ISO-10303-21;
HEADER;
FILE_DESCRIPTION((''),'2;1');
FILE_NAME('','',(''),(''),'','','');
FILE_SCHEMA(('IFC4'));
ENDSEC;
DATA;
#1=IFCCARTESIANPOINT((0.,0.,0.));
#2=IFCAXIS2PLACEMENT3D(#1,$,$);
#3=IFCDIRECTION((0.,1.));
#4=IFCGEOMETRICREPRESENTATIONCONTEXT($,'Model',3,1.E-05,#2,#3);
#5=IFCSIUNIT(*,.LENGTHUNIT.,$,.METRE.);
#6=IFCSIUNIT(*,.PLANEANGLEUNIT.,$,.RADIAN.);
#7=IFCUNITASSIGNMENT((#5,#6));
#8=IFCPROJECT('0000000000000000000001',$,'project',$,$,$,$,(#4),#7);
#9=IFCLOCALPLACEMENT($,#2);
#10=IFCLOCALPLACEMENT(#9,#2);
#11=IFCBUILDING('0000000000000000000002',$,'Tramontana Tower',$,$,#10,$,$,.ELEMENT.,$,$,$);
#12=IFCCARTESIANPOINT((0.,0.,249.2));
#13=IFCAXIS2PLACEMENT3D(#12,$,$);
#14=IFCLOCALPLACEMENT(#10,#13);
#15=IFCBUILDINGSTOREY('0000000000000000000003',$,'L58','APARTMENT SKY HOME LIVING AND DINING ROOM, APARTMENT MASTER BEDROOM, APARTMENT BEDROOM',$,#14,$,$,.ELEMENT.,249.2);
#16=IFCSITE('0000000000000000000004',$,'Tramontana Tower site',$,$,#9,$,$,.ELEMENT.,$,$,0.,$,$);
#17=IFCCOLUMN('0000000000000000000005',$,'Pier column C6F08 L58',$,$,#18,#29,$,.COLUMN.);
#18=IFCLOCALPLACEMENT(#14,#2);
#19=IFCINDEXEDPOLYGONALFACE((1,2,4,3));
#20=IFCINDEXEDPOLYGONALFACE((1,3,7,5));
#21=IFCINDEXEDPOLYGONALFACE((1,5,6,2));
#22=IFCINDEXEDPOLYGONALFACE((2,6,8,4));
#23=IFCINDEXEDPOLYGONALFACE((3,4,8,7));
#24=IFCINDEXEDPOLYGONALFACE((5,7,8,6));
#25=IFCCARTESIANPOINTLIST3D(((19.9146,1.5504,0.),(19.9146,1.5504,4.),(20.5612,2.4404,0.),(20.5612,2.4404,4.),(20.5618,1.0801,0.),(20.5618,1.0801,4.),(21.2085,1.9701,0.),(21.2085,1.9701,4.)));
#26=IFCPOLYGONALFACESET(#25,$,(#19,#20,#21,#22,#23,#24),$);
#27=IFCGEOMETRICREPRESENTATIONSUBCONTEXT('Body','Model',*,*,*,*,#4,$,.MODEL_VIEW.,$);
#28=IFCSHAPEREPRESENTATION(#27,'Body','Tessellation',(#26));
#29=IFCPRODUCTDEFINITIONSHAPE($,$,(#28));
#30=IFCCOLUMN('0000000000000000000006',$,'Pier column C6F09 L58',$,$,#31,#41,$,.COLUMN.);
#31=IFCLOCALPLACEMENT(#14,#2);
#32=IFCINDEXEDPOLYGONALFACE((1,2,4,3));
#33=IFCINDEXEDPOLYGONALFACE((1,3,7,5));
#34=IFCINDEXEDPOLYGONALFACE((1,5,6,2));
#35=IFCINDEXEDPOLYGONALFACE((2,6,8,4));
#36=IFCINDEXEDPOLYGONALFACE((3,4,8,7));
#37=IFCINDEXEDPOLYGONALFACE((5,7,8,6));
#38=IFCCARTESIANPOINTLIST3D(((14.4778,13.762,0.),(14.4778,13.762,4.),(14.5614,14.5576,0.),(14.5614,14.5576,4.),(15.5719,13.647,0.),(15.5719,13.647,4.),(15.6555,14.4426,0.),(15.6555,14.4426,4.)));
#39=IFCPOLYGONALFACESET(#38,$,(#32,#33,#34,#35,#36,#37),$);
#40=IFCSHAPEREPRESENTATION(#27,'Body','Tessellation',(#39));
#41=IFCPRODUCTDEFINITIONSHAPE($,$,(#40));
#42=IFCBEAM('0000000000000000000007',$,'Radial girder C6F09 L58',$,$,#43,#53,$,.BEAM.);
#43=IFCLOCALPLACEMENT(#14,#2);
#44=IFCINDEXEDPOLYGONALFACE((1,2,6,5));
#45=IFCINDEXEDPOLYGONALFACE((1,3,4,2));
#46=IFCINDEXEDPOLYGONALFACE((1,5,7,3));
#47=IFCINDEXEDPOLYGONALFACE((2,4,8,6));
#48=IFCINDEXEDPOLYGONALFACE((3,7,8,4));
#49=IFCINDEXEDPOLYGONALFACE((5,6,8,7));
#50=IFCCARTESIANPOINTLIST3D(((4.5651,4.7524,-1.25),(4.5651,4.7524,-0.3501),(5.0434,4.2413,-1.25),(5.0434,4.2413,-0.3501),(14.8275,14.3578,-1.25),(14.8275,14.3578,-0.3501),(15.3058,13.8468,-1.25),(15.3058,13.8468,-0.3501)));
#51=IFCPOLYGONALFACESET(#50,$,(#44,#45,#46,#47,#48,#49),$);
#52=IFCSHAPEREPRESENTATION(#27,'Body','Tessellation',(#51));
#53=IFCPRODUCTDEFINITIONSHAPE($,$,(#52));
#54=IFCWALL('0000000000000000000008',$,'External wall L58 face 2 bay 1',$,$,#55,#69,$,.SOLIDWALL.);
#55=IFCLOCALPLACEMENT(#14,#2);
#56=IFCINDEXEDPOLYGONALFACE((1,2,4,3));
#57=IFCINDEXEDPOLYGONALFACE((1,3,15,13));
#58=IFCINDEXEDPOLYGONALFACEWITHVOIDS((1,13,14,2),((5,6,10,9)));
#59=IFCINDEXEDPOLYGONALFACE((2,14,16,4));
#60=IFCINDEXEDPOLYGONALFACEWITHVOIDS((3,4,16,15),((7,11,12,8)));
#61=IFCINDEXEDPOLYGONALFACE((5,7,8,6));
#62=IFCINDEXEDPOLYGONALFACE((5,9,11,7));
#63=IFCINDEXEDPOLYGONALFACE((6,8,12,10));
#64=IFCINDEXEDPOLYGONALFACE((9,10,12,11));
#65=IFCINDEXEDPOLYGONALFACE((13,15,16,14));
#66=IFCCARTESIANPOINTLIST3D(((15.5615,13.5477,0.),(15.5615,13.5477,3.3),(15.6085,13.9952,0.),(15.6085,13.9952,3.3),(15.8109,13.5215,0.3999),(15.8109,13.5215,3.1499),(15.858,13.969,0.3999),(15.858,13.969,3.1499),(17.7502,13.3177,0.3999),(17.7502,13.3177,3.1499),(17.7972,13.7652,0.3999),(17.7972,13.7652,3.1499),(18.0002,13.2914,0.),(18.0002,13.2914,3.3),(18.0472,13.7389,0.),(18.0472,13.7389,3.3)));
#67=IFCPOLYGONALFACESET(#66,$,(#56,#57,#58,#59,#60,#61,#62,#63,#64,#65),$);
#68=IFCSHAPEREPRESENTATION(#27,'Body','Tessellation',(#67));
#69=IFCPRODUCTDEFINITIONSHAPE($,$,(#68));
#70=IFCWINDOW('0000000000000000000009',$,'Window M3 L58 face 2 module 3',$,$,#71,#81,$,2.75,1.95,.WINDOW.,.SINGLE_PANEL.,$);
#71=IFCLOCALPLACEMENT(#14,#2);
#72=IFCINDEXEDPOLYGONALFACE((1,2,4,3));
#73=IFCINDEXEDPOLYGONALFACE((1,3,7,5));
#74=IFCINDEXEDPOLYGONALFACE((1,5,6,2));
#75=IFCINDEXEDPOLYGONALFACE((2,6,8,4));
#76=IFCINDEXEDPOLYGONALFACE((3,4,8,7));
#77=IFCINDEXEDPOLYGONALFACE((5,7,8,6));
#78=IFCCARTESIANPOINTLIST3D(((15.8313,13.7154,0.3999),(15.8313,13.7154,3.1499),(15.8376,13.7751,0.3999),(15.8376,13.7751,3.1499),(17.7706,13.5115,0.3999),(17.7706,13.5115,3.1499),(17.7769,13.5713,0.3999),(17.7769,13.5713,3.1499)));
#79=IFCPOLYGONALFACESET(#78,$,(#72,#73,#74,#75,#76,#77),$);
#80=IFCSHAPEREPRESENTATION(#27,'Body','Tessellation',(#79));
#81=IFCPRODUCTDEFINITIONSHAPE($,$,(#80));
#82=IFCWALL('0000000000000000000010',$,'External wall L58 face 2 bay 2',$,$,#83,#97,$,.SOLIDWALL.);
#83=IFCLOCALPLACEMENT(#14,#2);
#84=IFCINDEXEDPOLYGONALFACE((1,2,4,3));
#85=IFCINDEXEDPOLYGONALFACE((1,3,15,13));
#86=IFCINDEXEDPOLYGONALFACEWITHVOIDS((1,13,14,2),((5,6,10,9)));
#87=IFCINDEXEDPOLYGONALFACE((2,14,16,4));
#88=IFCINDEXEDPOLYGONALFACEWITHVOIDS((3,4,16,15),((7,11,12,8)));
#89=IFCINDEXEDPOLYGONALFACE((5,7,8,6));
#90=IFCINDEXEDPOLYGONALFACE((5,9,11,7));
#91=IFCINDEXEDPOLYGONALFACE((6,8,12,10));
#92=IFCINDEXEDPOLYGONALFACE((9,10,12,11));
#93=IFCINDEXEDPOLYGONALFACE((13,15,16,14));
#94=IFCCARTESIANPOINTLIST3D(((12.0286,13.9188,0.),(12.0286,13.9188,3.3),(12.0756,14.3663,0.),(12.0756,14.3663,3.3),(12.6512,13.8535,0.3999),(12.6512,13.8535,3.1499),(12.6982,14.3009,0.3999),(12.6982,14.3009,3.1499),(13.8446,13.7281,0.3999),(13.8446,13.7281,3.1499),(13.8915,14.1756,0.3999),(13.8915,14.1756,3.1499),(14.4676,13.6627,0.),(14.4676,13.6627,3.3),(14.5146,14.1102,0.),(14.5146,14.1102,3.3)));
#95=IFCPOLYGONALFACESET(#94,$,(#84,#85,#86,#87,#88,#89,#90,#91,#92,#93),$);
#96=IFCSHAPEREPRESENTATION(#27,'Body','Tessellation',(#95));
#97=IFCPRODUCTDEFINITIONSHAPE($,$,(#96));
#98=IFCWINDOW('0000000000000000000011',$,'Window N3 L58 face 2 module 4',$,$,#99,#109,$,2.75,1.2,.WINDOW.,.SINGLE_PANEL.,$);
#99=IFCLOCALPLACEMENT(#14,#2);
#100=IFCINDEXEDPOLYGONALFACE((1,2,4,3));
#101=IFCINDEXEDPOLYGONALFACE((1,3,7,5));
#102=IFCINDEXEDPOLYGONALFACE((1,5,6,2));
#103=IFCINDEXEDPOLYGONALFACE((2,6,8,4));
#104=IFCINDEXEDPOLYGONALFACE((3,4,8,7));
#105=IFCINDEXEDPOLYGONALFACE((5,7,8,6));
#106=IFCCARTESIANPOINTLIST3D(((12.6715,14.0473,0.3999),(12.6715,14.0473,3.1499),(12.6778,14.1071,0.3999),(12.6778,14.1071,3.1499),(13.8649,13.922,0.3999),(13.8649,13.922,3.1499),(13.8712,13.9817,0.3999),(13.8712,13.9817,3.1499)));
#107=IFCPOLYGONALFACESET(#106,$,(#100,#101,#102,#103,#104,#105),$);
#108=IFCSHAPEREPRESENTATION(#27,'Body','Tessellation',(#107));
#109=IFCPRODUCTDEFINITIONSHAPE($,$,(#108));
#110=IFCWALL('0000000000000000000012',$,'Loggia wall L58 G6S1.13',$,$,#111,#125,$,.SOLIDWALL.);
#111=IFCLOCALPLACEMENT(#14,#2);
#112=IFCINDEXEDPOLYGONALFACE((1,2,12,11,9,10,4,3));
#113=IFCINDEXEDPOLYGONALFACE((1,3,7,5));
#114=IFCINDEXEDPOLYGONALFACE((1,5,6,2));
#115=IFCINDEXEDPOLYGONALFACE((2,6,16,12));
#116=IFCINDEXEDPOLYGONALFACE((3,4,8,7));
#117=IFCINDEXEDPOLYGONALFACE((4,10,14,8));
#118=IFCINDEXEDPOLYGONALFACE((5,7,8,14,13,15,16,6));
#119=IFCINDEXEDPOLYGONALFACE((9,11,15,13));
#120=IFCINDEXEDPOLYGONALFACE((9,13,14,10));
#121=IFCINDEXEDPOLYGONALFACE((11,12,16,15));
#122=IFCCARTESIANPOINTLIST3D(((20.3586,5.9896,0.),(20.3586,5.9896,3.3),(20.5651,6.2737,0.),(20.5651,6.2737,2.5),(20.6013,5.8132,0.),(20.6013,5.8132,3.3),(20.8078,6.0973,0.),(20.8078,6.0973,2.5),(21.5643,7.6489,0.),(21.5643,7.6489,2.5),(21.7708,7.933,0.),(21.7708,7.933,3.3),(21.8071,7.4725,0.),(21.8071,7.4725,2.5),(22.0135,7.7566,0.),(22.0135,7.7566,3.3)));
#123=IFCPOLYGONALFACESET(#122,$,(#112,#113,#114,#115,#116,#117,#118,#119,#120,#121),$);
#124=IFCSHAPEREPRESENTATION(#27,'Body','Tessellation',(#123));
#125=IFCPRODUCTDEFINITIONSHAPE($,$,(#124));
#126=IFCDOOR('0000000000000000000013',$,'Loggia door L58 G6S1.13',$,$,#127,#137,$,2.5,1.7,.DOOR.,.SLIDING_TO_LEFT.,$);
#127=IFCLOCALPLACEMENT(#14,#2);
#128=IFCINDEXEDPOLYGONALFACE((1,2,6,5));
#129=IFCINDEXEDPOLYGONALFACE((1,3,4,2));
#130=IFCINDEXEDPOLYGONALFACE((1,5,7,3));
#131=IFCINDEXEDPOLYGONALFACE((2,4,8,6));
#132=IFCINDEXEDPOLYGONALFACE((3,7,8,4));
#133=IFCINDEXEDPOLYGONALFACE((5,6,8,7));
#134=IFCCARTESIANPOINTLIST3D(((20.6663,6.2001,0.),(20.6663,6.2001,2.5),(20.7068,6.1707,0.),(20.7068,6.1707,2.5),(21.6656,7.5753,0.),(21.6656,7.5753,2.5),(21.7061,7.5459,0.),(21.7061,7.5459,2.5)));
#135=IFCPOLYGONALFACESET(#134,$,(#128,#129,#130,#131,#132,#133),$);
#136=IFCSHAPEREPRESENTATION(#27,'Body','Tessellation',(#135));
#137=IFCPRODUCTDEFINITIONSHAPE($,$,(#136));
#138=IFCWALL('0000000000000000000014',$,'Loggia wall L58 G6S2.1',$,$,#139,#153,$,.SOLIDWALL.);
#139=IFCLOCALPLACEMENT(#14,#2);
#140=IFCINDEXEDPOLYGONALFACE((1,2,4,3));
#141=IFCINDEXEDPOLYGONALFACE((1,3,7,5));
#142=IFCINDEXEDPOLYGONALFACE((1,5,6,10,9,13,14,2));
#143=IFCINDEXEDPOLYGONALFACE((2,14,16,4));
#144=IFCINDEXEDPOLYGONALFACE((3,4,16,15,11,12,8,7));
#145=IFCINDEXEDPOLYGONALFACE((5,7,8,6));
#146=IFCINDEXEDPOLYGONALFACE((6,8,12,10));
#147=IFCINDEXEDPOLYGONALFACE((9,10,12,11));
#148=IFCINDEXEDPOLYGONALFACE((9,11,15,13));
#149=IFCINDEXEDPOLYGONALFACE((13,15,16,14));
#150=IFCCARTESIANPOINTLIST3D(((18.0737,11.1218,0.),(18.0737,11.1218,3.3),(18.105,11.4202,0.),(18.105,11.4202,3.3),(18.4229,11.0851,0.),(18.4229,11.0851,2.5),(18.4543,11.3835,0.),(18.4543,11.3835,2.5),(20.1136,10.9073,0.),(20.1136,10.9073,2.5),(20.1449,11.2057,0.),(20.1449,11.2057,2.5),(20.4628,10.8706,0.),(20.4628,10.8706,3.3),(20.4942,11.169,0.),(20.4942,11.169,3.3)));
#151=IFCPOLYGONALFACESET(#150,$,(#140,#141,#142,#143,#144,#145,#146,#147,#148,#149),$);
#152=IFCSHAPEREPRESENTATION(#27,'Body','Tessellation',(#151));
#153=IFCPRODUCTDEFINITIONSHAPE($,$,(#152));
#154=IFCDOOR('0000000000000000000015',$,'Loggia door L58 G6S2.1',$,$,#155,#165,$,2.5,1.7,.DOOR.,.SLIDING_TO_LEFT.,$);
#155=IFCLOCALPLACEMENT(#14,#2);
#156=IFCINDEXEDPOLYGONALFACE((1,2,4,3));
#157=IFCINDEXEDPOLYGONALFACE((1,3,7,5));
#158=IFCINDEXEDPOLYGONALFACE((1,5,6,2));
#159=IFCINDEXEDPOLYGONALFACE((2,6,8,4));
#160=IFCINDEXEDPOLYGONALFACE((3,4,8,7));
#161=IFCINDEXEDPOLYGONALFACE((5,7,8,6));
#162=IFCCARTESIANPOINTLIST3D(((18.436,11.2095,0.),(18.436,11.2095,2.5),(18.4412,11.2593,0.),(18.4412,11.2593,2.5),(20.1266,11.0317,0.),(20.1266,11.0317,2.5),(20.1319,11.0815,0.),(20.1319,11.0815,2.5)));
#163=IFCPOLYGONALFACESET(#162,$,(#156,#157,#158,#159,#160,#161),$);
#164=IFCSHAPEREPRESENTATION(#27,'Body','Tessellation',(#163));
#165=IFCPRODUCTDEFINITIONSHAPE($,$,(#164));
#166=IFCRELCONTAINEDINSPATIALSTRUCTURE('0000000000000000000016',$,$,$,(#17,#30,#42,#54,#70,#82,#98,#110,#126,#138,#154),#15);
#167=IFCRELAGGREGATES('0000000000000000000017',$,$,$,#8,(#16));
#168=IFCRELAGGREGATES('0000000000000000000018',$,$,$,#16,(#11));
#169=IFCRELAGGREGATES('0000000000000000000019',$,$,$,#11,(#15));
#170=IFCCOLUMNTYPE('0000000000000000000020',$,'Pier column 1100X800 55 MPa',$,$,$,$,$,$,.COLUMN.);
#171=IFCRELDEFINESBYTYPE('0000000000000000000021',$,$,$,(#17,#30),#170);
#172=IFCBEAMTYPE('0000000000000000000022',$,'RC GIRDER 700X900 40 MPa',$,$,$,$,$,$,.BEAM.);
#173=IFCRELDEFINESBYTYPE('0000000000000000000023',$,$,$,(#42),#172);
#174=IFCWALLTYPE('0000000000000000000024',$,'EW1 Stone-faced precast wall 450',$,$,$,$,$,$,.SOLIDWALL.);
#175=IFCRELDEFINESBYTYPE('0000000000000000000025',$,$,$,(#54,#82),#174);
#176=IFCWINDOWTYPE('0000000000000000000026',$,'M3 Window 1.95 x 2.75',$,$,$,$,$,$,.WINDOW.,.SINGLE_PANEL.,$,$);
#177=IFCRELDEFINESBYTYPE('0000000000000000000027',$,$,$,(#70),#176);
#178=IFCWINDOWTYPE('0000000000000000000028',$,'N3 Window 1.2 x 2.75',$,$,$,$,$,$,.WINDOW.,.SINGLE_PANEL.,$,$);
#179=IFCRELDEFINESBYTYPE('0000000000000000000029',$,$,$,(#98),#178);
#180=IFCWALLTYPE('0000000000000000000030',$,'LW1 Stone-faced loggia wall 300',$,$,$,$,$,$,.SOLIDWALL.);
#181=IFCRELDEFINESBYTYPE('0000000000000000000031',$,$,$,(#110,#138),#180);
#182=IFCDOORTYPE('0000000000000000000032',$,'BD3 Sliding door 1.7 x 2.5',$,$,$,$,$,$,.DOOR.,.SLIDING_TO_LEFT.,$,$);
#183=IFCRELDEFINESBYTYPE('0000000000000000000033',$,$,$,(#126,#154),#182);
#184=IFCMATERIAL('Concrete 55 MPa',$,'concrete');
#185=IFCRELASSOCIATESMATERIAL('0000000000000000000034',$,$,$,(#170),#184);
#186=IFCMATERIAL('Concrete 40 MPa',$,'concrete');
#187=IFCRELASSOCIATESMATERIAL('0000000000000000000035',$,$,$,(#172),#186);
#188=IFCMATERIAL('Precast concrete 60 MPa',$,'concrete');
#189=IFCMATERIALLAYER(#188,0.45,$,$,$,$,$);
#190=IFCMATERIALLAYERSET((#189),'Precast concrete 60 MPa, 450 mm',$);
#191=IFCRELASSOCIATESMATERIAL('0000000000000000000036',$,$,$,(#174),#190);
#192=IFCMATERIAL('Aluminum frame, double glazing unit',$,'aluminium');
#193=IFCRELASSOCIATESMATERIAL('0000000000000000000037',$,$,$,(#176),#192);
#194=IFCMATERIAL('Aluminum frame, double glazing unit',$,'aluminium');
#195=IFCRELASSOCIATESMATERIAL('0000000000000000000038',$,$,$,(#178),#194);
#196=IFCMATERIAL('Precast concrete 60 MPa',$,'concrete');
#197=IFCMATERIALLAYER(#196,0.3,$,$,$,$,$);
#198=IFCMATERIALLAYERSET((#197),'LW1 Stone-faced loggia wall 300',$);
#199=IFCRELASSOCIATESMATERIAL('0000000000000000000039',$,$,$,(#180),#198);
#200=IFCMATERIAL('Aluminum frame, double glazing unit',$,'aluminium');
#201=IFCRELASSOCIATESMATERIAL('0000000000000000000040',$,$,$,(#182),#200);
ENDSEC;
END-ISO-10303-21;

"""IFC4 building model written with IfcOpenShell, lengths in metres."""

from ifc_helpers import new_model, si_unit, direction, frame, frame_2d, origin, origin_2d, place, context, subcontext, project, spatial, rectangle, extrude, material, layer, layer_set, material_profile, profile_set, type_object, element, fill, save


model = new_model("IFC4")

# Units and contexts
model_context = context("Model", 3, precision=1e-05, world=origin(), true_north=direction((0.0, 1.0)))
body_context = subcontext(model_context, "Body", "Model", "MODEL_VIEW")
ifc_project = project(units=[si_unit("LENGTHUNIT", "METRE"), si_unit("PLANEANGLEUNIT", "RADIAN")], contexts=[model_context])

# Site, building, storey
site_placement = place(None, origin())
site = spatial("IfcSite", under=ifc_project, at=site_placement, Name="Tramontana Tower site", CompositionType="ELEMENT", RefElevation=0.0)
building_placement = place(site_placement, origin())
building = spatial("IfcBuilding", under=site, at=building_placement, Name="Tramontana Tower", CompositionType="ELEMENT")
storey_placement = place(building_placement, frame((0.0, 0.0, 249.2)))
storey = spatial("IfcBuildingStorey", under=building, at=storey_placement, Name="L58", Description="APARTMENT SKY HOME LIVING AND DINING ROOM, APARTMENT MASTER BEDROOM, APARTMENT BEDROOM", CompositionType="ELEMENT", Elevation=249.2)

# Columns
ifc_material_1 = material(Name="Concrete 55 MPa", Category="concrete")
ifc_material_profile_1 = material_profile(ifc_material_1, rectangle(XDim=1.1001, YDim=0.8, at=origin_2d()), Name="Pier column 1100X800 55 MPa")
ifc_profile_set_1 = profile_set([ifc_material_profile_1], Name="Concrete 55 MPa")
column_type = type_object("IfcColumnType", Name="Pier column 1100X800 55 MPa", PredefinedType="COLUMN", material=ifc_profile_set_1)
for number, where, z_axis, x_axis, name in (
    (1, (20.5615, 1.7603, 0.0), (0.0, 0.0, 1.0), (0.587785, 0.809017, 0.0), "Pier column C6F08 L58"),
    (2, (15.0667, 14.1023, 0.0), (0.0, 0.0, 1.0), (-0.994522, 0.104528, 0.0), "Pier column C6F09 L58"),
):
    element("IfcColumn", number, at=place(storey_placement, frame(where, z_axis=z_axis, x_axis=x_axis)), inside=storey, type_object=column_type, Name=name, PredefinedType="COLUMN", context=body_context, shape_type="SweptSolid", body=[
        extrude(rectangle(XDim=1.1001, YDim=0.8, at=origin_2d()), origin(), (0.0, 0.0, 1.0), 4.0),
    ])

# Beam
ifc_material_2 = material(Name="Concrete 40 MPa", Category="concrete")
ifc_material_profile_2 = material_profile(ifc_material_2, rectangle(XDim=0.7, YDim=0.8999, at=origin_2d()), Name="RC GIRDER 700X900 40 MPa")
ifc_profile_set_2 = profile_set([ifc_material_profile_2], Name="Concrete 40 MPa")
beam_type = type_object("IfcBeamType", Name="RC GIRDER 700X900 40 MPa", PredefinedType="BEAM", material=ifc_profile_set_2)
beam_placement = place(storey_placement, frame((15.0667, 14.1023, -0.8), z_axis=(-0.73009, -0.683351, 0.0), x_axis=(0.683351, -0.73009, 0.0)))
element("IfcBeam", 3, at=beam_placement, inside=storey, type_object=beam_type, Name="Radial girder C6F09 L58", PredefinedType="BEAM", context=body_context, shape_type="SweptSolid", body=[
    extrude(rectangle(XDim=0.7, YDim=0.8999, at=origin_2d()), origin(), (0.0, 0.0, 1.0), 14.0564),
])

# Walls, openings, windows
ifc_material_3 = material(Name="Precast concrete 60 MPa", Category="concrete")
ifc_layer_1 = layer(ifc_material_3, 0.45)
ifc_layer_set_1 = layer_set([ifc_layer_1], Name="Precast concrete 60 MPa, 450 mm")
wall_type_1 = type_object("IfcWallType", Name="EW1 Stone-faced precast wall 450", PredefinedType="SOLIDWALL", material=ifc_layer_set_1)
wall_1_placement = place(storey_placement, frame((18.0237, 13.5151, 0.0), z_axis=(0.0, 0.0, 1.0), x_axis=(-0.994521, 0.10454, 0.0)))
wall_1 = element("IfcWall", 4, at=wall_1_placement, inside=storey, type_object=wall_type_1, Name="External wall L58 face 2 bay 1", PredefinedType="SOLIDWALL", context=body_context, shape_type="SweptSolid", body=[
    extrude(rectangle(XDim=2.4521, YDim=0.45, at=frame_2d((1.2261, 0.0))), origin(), (0.0, 0.0, 1.0), 3.3),
])
opening_1_placement = place(wall_1_placement, frame((0.2512, 0.0, 0.3999)))
opening_1 = element("IfcOpeningElement", 5, at=opening_1_placement, cuts=wall_1, PredefinedType="OPENING", context=body_context, shape_type="SweptSolid", body=[
    extrude(rectangle(XDim=1.95, YDim=2.75, at=frame_2d((0.9751, 1.375))), frame((0.0, 0.2349, 0.0), z_axis=(0.0, -1.0, 0.0), x_axis=(1.0, 0.0, 0.0)), (0.0, 0.0, 1.0), 0.47),
])
ifc_material_4 = material(Name="Aluminum frame, double glazing unit", Category="aluminium")
window_type_1 = type_object("IfcWindowType", Name="M3 Window 1.95 x 2.75", PartitioningType="SINGLE_PANEL", PredefinedType="WINDOW", material=ifc_material_4)
window_1_placement = place(opening_1_placement, origin())
window_1 = element("IfcWindow", 6, at=window_1_placement, inside=storey, type_object=window_type_1, Name="Window M3 L58 face 2 module 3", OverallHeight=2.75, OverallWidth=1.95, PartitioningType="SINGLE_PANEL", PredefinedType="WINDOW", context=body_context, shape_type="SweptSolid", body=[
    extrude(rectangle(XDim=1.95, YDim=2.75, at=frame_2d((0.9751, 1.375))), frame((0.0, 0.03, 0.0), z_axis=(0.0, -1.0, 0.0), x_axis=(1.0, 0.0, 0.0)), (0.0, 0.0, 1.0), 0.0601),
])
fill(opening_1, window_1)
wall_2_placement = place(storey_placement, frame((14.491, 13.8865, 0.0), z_axis=(0.0, 0.0, 1.0), x_axis=(-0.994532, 0.104431, 0.0)))
wall_2 = element("IfcWall", 7, at=wall_2_placement, inside=storey, type_object=wall_type_1, Name="External wall L58 face 2 bay 2", PredefinedType="SOLIDWALL", context=body_context, shape_type="SweptSolid", body=[
    extrude(rectangle(XDim=2.4524, YDim=0.45, at=frame_2d((1.2261, 0.0))), origin(), (0.0, 0.0, 1.0), 3.3),
])
opening_2_placement = place(wall_2_placement, frame((0.6262, 0.0, 0.3999)))
opening_2 = element("IfcOpeningElement", 8, at=opening_2_placement, cuts=wall_2, PredefinedType="OPENING", context=body_context, shape_type="SweptSolid", body=[
    extrude(rectangle(XDim=1.2, YDim=2.75, at=frame_2d((0.6001, 1.375))), frame((0.0, 0.2349, 0.0), z_axis=(0.0, -1.0, 0.0), x_axis=(1.0, 0.0, 0.0)), (0.0, 0.0, 1.0), 0.47),
])
ifc_material_5 = material(Name="Aluminum frame, double glazing unit", Category="aluminium")
window_type_2 = type_object("IfcWindowType", Name="N3 Window 1.2 x 2.75", PartitioningType="SINGLE_PANEL", PredefinedType="WINDOW", material=ifc_material_5)
window_2_placement = place(opening_2_placement, origin())
window_2 = element("IfcWindow", 9, at=window_2_placement, inside=storey, type_object=window_type_2, Name="Window N3 L58 face 2 module 4", OverallHeight=2.75, OverallWidth=1.2, PartitioningType="SINGLE_PANEL", PredefinedType="WINDOW", context=body_context, shape_type="SweptSolid", body=[
    extrude(rectangle(XDim=1.2, YDim=2.75, at=frame_2d((0.6001, 1.375))), frame((0.0, 0.03, 0.0), z_axis=(0.0, -1.0, 0.0), x_axis=(1.0, 0.0, 0.0)), (0.0, 0.0, 1.0), 0.0601),
])
fill(opening_2, window_2)

# Walls, openings, doors
ifc_material_6 = material(Name="Precast concrete 60 MPa", Category="concrete")
ifc_layer_2 = layer(ifc_material_6, 0.3)
ifc_layer_set_2 = layer_set([ifc_layer_2], Name="LW1 Stone-faced loggia wall 300")
wall_type_2 = type_object("IfcWallType", Name="LW1 Stone-faced loggia wall 300", PredefinedType="SOLIDWALL", material=ifc_layer_set_2)
wall_3_placement = place(storey_placement, frame((20.48, 5.9014, 0.0), z_axis=(0.0, 0.0, 1.0), x_axis=(0.587833, 0.808982, 0.0)))
wall_3 = element("IfcWall", 10, at=wall_3_placement, inside=storey, type_object=wall_type_2, Name="Loggia wall L58 G6S1.13", PredefinedType="SOLIDWALL", context=body_context, shape_type="SweptSolid", body=[
    extrude(rectangle(XDim=2.4023, YDim=0.3, at=frame_2d((1.2012, 0.0))), origin(), (0.0, 0.0, 1.0), 3.3),
])
opening_3_placement = place(wall_3_placement, frame((0.3511, 0.0, 0.0)))
opening_3 = element("IfcOpeningElement", 11, at=opening_3_placement, cuts=wall_3, PredefinedType="OPENING", context=body_context, shape_type="SweptSolid", body=[
    extrude(rectangle(XDim=1.7, YDim=2.5, at=frame_2d((0.8501, 1.25))), frame((0.0, 0.1599, 0.0), z_axis=(0.0, -1.0, 0.0), x_axis=(1.0, 0.0, 0.0)), (0.0, 0.0, 1.0), 0.3201),
])
ifc_material_7 = material(Name="Aluminum frame, double glazing unit", Category="aluminium")
door_type_1 = type_object("IfcDoorType", Name="BD3 Sliding door 1.7 x 2.5", OperationType="SLIDING_TO_LEFT", PredefinedType="DOOR", material=ifc_material_7)
door_1_placement = place(opening_3_placement, origin())
door_1 = element("IfcDoor", 12, at=door_1_placement, inside=storey, type_object=door_type_1, Name="Loggia door L58 G6S1.13", OperationType="SLIDING_TO_LEFT", OverallHeight=2.5, OverallWidth=1.7, PredefinedType="DOOR", context=body_context, shape_type="SweptSolid", body=[
    extrude(rectangle(XDim=1.7, YDim=2.5, at=frame_2d((0.8501, 1.25))), frame((0.0, 0.0249, 0.0), z_axis=(0.0, -1.0, 0.0), x_axis=(1.0, 0.0, 0.0)), (0.0, 0.0, 1.0), 0.05),
])
fill(opening_3, door_1)
wall_4_placement = place(storey_placement, frame((20.4785, 11.0198, 0.0), z_axis=(0.0, 0.0, 1.0), x_axis=(-0.994517, 0.104574, 0.0)))
wall_4 = element("IfcWall", 13, at=wall_4_placement, inside=storey, type_object=wall_type_2, Name="Loggia wall L58 G6S2.1", PredefinedType="SOLIDWALL", context=body_context, shape_type="SweptSolid", body=[
    extrude(rectangle(XDim=2.4023, YDim=0.3, at=frame_2d((1.2012, 0.0))), origin(), (0.0, 0.0, 1.0), 3.3),
])
opening_4_placement = place(wall_4_placement, frame((0.3511, 0.0, 0.0)))
opening_4 = element("IfcOpeningElement", 14, at=opening_4_placement, cuts=wall_4, PredefinedType="OPENING", context=body_context, shape_type="SweptSolid", body=[
    extrude(rectangle(XDim=1.7, YDim=2.5, at=frame_2d((0.8501, 1.25))), frame((0.0, 0.1599, 0.0), z_axis=(0.0, -1.0, 0.0), x_axis=(1.0, 0.0, 0.0)), (0.0, 0.0, 1.0), 0.3201),
])
door_2_placement = place(opening_4_placement, origin())
door_2 = element("IfcDoor", 15, at=door_2_placement, inside=storey, type_object=door_type_1, Name="Loggia door L58 G6S2.1", OperationType="SLIDING_TO_LEFT", OverallHeight=2.5, OverallWidth=1.7, PredefinedType="DOOR", context=body_context, shape_type="SweptSolid", body=[
    extrude(rectangle(XDim=1.7, YDim=2.5, at=frame_2d((0.8501, 1.25))), frame((0.0, 0.0249, 0.0), z_axis=(0.0, -1.0, 0.0), x_axis=(1.0, 0.0, 0.0)), (0.0, 0.0, 1.0), 0.05),
])
fill(opening_4, door_2)

save(model, "model.ifc")
